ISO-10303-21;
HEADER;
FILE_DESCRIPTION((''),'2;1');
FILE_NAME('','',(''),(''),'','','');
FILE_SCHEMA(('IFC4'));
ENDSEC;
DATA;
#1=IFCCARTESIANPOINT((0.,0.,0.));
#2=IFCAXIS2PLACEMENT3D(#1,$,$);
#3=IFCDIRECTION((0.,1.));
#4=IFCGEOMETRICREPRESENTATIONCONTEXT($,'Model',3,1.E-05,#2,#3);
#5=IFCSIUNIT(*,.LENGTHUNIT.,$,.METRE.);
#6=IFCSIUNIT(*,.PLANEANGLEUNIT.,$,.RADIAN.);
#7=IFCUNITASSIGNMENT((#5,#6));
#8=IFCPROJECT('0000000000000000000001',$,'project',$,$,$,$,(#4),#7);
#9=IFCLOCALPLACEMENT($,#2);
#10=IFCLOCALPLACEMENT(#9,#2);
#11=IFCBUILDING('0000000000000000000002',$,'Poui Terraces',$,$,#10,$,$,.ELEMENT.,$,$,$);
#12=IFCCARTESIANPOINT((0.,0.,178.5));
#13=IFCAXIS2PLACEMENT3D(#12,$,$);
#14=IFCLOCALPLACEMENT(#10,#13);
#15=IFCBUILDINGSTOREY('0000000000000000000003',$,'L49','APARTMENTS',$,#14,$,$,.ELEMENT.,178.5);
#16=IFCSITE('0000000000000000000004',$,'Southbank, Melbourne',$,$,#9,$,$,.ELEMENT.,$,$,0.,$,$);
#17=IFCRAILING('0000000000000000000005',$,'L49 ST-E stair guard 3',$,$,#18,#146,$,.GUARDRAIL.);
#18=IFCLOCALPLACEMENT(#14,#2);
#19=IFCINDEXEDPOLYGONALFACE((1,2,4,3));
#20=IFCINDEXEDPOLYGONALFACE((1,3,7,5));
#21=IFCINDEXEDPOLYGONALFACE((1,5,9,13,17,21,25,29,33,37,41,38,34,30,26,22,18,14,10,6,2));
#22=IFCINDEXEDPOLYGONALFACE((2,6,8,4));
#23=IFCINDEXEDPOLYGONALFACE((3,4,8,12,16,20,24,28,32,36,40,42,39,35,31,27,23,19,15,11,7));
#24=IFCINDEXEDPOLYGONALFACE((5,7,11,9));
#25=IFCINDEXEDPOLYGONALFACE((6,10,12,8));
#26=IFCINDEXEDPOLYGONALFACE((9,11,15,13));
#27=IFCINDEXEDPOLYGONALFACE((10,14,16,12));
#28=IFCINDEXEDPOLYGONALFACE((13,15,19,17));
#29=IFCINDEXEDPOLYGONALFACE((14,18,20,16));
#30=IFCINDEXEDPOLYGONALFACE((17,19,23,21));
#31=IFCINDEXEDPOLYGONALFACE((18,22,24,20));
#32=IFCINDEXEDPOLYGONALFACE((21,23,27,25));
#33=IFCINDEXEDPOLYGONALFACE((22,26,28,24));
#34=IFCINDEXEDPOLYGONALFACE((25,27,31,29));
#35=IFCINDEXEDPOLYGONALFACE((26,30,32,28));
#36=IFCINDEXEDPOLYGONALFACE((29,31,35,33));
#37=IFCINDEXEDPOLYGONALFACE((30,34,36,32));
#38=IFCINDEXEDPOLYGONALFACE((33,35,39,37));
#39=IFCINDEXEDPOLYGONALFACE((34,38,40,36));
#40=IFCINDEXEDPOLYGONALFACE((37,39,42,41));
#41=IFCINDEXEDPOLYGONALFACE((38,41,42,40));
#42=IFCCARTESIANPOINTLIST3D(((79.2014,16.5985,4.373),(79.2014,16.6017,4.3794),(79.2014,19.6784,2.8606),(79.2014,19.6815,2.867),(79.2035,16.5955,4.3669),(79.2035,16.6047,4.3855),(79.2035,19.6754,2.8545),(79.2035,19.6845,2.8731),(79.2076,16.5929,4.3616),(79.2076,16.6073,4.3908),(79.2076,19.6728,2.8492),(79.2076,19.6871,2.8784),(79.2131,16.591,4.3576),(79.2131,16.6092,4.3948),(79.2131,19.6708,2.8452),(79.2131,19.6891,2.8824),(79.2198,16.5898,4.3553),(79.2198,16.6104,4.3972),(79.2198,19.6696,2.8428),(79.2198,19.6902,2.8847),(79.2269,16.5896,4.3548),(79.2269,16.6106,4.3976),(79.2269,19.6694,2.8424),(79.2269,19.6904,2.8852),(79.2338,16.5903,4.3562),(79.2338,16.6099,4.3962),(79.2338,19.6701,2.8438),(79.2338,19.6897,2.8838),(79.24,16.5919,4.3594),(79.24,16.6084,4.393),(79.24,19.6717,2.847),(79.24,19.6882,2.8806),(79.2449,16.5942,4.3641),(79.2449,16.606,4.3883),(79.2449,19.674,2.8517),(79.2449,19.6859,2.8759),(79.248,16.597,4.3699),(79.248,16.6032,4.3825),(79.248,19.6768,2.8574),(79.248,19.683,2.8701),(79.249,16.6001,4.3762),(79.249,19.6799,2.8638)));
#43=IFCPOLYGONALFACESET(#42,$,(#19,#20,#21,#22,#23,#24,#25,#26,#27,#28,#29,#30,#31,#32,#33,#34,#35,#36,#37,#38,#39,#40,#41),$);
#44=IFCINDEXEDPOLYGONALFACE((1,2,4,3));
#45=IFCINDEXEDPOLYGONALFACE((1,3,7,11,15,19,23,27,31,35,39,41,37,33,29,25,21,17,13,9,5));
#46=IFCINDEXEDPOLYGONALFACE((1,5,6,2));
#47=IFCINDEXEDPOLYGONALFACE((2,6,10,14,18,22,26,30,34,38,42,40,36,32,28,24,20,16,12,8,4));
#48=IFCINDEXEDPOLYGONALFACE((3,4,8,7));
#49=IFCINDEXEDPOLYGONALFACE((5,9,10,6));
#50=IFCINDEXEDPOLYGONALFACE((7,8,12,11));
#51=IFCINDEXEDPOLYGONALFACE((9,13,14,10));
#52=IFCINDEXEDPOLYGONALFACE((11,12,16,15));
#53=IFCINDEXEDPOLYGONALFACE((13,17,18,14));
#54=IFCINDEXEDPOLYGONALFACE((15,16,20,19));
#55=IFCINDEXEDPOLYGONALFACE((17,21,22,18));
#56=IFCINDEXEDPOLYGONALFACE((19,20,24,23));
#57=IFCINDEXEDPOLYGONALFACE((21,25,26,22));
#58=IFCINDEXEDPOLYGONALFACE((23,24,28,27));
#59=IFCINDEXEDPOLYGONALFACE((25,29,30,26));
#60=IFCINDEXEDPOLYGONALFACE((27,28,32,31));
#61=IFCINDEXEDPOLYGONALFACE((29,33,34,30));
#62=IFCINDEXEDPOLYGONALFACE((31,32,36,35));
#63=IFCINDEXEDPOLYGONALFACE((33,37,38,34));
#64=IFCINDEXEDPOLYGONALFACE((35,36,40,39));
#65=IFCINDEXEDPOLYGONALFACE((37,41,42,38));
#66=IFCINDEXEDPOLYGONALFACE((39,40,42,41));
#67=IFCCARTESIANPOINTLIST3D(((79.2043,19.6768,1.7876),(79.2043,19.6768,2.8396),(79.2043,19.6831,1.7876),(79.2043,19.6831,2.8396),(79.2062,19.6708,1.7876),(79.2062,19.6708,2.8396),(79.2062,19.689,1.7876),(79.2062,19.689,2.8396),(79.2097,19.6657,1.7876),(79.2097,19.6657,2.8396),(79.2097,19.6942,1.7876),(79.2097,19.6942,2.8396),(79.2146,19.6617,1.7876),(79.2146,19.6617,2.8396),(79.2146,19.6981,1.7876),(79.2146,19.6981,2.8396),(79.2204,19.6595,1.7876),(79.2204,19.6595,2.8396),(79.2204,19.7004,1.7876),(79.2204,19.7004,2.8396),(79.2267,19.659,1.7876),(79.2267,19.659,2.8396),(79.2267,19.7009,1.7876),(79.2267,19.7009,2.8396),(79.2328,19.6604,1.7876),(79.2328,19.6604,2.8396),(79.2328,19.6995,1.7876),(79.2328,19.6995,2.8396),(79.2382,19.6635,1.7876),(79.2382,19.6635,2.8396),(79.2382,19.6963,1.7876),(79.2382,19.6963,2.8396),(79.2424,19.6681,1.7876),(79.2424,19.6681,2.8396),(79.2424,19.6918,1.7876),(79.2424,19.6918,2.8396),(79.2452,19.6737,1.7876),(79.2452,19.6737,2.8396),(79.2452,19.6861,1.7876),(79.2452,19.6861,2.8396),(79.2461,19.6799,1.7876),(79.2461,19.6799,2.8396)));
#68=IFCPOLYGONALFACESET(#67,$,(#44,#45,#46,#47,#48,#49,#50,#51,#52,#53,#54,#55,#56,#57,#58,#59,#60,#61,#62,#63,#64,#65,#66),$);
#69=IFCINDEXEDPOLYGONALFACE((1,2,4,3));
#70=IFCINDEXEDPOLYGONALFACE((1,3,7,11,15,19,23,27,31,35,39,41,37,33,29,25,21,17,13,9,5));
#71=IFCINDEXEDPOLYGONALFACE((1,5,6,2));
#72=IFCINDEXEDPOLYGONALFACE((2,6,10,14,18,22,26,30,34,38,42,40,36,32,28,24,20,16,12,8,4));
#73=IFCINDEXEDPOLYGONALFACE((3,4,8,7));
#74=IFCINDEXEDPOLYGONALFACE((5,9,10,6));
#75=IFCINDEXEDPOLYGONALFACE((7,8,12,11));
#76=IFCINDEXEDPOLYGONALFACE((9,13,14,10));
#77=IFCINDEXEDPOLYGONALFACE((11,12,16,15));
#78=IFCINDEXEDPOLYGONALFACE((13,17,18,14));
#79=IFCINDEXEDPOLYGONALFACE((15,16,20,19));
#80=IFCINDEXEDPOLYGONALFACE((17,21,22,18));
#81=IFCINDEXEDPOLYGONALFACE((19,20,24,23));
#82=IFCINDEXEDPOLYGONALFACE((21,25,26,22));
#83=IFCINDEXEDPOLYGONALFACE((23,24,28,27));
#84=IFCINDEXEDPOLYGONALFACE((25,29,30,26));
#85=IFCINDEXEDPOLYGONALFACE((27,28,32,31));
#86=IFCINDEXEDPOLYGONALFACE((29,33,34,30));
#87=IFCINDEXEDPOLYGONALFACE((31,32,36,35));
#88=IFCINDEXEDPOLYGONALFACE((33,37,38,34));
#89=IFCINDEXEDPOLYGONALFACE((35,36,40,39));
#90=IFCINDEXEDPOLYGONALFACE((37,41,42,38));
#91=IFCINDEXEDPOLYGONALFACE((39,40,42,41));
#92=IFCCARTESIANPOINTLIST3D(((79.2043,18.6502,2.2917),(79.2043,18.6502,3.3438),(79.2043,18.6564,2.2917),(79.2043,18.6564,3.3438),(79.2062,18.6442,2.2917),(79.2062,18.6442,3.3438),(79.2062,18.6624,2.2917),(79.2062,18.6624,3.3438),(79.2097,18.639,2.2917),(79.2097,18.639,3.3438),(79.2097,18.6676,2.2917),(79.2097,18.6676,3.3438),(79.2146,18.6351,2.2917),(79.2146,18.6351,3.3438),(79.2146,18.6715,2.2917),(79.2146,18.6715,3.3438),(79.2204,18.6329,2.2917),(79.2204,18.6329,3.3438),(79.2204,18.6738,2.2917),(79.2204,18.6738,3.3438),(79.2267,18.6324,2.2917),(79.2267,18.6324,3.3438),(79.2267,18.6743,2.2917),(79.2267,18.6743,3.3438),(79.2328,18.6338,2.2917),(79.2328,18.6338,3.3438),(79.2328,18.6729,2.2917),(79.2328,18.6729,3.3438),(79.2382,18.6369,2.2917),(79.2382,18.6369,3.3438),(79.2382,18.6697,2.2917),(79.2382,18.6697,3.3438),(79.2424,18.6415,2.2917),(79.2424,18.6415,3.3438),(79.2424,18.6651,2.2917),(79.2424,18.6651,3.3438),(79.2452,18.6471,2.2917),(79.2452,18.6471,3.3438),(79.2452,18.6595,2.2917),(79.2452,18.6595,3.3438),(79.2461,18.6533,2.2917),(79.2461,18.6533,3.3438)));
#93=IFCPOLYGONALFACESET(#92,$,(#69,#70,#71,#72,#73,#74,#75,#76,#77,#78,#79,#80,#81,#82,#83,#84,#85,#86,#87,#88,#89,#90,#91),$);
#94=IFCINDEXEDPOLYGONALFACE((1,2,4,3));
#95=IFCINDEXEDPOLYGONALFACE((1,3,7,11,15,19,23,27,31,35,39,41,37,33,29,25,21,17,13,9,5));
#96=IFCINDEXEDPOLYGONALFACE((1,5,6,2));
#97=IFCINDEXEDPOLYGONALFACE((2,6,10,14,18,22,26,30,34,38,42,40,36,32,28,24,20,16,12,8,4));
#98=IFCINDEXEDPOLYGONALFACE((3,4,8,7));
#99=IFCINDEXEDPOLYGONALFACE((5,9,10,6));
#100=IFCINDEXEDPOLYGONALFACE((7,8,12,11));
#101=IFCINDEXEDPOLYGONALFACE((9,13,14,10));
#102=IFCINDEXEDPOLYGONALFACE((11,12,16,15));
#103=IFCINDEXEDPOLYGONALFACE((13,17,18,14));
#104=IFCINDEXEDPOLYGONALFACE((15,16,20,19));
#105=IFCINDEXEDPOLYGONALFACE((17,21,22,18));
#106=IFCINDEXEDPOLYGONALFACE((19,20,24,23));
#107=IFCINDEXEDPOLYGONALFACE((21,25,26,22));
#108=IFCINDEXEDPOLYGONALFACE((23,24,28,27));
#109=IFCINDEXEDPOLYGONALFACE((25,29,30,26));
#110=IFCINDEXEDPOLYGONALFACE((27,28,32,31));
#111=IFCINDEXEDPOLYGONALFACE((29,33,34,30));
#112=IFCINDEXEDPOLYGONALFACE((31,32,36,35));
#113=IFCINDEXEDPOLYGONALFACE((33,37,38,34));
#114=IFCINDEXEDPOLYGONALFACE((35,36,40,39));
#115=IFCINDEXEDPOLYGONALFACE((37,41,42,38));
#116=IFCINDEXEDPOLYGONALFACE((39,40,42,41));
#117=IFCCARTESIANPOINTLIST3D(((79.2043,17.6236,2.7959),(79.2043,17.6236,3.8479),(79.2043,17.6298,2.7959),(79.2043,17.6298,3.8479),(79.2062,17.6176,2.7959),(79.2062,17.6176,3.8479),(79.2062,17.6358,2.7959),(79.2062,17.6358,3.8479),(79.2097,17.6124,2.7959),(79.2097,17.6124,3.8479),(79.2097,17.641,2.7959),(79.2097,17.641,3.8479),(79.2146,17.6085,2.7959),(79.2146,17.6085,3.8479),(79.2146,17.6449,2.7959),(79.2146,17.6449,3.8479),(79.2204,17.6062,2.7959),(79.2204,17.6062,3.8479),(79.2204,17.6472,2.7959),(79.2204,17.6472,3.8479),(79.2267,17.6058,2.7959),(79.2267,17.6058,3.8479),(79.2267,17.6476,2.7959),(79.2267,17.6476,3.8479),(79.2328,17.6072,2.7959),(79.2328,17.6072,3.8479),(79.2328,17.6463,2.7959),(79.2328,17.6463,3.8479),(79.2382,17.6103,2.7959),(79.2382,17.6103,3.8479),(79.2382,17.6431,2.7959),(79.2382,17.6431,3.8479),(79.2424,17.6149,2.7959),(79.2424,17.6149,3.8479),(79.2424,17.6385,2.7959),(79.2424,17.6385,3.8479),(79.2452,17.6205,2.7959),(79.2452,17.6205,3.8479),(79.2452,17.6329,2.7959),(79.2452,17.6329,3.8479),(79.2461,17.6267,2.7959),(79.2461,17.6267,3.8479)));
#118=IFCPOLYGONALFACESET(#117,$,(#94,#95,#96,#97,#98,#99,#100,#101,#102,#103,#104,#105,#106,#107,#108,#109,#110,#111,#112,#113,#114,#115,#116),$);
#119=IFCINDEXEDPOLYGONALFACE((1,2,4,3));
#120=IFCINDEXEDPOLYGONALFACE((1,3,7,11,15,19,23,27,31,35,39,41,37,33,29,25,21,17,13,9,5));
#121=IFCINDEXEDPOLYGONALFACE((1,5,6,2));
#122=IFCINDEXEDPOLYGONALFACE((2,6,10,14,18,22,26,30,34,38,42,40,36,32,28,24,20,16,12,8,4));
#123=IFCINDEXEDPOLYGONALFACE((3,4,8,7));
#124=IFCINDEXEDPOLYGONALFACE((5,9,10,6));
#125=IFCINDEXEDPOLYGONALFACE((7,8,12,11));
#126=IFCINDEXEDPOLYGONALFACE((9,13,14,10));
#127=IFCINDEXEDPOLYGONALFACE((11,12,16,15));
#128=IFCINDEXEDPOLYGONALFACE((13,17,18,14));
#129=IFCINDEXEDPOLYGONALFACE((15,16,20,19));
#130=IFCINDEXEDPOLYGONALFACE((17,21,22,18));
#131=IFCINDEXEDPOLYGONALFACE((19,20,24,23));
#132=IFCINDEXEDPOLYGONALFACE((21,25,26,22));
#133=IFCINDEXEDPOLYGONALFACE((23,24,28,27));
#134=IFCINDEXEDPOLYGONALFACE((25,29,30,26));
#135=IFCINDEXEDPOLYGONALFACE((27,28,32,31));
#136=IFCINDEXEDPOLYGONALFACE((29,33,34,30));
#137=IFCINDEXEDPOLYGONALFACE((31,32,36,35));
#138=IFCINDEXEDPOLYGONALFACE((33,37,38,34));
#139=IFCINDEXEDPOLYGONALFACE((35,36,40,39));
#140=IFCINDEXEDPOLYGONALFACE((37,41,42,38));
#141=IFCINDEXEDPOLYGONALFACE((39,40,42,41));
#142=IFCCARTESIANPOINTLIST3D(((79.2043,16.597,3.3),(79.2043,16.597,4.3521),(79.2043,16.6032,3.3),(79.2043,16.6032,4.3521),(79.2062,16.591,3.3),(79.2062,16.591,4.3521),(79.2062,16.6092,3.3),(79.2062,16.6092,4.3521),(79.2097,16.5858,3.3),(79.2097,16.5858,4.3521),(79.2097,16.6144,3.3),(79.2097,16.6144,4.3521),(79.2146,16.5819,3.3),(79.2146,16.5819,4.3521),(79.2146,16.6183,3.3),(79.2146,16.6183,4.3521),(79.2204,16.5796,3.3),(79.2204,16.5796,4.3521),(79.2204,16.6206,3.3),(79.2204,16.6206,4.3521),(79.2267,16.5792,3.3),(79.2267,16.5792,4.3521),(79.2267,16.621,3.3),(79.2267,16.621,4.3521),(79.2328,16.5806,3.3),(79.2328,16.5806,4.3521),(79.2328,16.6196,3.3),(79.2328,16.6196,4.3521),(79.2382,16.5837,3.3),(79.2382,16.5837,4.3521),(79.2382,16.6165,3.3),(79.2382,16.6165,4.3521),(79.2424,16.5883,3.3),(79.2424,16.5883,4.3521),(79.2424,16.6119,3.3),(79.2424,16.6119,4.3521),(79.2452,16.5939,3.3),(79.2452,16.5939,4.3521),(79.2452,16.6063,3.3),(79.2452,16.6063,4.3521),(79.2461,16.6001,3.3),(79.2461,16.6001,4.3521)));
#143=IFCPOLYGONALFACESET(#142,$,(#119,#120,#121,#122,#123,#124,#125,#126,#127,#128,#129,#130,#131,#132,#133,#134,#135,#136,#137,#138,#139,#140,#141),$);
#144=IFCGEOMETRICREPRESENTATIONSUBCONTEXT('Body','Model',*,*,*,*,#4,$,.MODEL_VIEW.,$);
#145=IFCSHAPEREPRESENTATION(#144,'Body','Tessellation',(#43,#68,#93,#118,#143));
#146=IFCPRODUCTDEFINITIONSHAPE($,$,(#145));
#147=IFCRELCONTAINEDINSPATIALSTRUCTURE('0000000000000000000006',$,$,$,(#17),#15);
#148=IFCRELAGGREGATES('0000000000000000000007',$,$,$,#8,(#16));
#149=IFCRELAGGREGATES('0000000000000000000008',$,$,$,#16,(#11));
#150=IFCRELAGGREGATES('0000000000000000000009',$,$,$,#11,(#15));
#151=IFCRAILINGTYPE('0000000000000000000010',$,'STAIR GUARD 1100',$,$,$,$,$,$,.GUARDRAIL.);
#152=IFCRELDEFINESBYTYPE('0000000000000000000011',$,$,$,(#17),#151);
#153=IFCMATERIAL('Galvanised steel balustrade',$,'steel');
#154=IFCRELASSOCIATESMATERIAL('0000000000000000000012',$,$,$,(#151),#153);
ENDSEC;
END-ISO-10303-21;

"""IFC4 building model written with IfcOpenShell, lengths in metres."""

from ifc_helpers import new_model, si_unit, direction, frame, origin, origin_2d, place, context, subcontext, project, spatial, circle, extrude, material, type_object, element, save


model = new_model("IFC4")

# Units and contexts
model_context = context("Model", 3, precision=1e-05, world=origin(), true_north=direction((0.0, 1.0)))
body_context = subcontext(model_context, "Body", "Model", "MODEL_VIEW")
ifc_project = project(units=[si_unit("LENGTHUNIT", "METRE"), si_unit("PLANEANGLEUNIT", "RADIAN")], contexts=[model_context])

# Site, building, storey
site_placement = place(None, origin())
site = spatial("IfcSite", under=ifc_project, at=site_placement, Name="Southbank, Melbourne", CompositionType="ELEMENT", RefElevation=0.0)
building_placement = place(site_placement, origin())
building = spatial("IfcBuilding", under=site, at=building_placement, Name="Poui Terraces", CompositionType="ELEMENT")
storey_placement = place(building_placement, frame((0.0, 0.0, 178.5)))
storey = spatial("IfcBuildingStorey", under=building, at=storey_placement, Name="L49", Description="APARTMENTS", CompositionType="ELEMENT", Elevation=178.5)

# Railing
ifc_material_1 = material(Name="Galvanised steel balustrade", Category="steel")
railing_type_1 = type_object("IfcRailingType", Name="STAIR GUARD 1100", PredefinedType="GUARDRAIL", material=ifc_material_1)
railing_1_placement = place(storey_placement, frame((79.2251, 19.6799, 1.7876)))
element("IfcRailing", 1, at=railing_1_placement, inside=storey, type_object=railing_type_1, Name="L49 ST-E stair guard 3", PredefinedType="GUARDRAIL", context=body_context, shape_type="SweptSolid", body=[
    extrude(circle(Radius=0.0239, at=origin_2d()), frame((0.0, 0.0, 1.0762), z_axis=(0.0, -0.897606, 0.440798), x_axis=(1.0, 0.0, 0.0)), (0.0, 0.0, 1.0), 3.4312),
    extrude(circle(Radius=0.021, at=origin_2d()), origin(), (0.0, 0.0, 1.0), 1.052),
    extrude(circle(Radius=0.021, at=origin_2d()), frame((0.0, -1.0266, 0.5042)), (0.0, 0.0, 1.0), 1.052),
    extrude(circle(Radius=0.021, at=origin_2d()), frame((0.0, -2.0532, 1.0083)), (0.0, 0.0, 1.0), 1.052),
    extrude(circle(Radius=0.021, at=origin_2d()), frame((0.0, -3.0798, 1.5125)), (0.0, 0.0, 1.0), 1.052),
])

save(model, "model.ifc")
